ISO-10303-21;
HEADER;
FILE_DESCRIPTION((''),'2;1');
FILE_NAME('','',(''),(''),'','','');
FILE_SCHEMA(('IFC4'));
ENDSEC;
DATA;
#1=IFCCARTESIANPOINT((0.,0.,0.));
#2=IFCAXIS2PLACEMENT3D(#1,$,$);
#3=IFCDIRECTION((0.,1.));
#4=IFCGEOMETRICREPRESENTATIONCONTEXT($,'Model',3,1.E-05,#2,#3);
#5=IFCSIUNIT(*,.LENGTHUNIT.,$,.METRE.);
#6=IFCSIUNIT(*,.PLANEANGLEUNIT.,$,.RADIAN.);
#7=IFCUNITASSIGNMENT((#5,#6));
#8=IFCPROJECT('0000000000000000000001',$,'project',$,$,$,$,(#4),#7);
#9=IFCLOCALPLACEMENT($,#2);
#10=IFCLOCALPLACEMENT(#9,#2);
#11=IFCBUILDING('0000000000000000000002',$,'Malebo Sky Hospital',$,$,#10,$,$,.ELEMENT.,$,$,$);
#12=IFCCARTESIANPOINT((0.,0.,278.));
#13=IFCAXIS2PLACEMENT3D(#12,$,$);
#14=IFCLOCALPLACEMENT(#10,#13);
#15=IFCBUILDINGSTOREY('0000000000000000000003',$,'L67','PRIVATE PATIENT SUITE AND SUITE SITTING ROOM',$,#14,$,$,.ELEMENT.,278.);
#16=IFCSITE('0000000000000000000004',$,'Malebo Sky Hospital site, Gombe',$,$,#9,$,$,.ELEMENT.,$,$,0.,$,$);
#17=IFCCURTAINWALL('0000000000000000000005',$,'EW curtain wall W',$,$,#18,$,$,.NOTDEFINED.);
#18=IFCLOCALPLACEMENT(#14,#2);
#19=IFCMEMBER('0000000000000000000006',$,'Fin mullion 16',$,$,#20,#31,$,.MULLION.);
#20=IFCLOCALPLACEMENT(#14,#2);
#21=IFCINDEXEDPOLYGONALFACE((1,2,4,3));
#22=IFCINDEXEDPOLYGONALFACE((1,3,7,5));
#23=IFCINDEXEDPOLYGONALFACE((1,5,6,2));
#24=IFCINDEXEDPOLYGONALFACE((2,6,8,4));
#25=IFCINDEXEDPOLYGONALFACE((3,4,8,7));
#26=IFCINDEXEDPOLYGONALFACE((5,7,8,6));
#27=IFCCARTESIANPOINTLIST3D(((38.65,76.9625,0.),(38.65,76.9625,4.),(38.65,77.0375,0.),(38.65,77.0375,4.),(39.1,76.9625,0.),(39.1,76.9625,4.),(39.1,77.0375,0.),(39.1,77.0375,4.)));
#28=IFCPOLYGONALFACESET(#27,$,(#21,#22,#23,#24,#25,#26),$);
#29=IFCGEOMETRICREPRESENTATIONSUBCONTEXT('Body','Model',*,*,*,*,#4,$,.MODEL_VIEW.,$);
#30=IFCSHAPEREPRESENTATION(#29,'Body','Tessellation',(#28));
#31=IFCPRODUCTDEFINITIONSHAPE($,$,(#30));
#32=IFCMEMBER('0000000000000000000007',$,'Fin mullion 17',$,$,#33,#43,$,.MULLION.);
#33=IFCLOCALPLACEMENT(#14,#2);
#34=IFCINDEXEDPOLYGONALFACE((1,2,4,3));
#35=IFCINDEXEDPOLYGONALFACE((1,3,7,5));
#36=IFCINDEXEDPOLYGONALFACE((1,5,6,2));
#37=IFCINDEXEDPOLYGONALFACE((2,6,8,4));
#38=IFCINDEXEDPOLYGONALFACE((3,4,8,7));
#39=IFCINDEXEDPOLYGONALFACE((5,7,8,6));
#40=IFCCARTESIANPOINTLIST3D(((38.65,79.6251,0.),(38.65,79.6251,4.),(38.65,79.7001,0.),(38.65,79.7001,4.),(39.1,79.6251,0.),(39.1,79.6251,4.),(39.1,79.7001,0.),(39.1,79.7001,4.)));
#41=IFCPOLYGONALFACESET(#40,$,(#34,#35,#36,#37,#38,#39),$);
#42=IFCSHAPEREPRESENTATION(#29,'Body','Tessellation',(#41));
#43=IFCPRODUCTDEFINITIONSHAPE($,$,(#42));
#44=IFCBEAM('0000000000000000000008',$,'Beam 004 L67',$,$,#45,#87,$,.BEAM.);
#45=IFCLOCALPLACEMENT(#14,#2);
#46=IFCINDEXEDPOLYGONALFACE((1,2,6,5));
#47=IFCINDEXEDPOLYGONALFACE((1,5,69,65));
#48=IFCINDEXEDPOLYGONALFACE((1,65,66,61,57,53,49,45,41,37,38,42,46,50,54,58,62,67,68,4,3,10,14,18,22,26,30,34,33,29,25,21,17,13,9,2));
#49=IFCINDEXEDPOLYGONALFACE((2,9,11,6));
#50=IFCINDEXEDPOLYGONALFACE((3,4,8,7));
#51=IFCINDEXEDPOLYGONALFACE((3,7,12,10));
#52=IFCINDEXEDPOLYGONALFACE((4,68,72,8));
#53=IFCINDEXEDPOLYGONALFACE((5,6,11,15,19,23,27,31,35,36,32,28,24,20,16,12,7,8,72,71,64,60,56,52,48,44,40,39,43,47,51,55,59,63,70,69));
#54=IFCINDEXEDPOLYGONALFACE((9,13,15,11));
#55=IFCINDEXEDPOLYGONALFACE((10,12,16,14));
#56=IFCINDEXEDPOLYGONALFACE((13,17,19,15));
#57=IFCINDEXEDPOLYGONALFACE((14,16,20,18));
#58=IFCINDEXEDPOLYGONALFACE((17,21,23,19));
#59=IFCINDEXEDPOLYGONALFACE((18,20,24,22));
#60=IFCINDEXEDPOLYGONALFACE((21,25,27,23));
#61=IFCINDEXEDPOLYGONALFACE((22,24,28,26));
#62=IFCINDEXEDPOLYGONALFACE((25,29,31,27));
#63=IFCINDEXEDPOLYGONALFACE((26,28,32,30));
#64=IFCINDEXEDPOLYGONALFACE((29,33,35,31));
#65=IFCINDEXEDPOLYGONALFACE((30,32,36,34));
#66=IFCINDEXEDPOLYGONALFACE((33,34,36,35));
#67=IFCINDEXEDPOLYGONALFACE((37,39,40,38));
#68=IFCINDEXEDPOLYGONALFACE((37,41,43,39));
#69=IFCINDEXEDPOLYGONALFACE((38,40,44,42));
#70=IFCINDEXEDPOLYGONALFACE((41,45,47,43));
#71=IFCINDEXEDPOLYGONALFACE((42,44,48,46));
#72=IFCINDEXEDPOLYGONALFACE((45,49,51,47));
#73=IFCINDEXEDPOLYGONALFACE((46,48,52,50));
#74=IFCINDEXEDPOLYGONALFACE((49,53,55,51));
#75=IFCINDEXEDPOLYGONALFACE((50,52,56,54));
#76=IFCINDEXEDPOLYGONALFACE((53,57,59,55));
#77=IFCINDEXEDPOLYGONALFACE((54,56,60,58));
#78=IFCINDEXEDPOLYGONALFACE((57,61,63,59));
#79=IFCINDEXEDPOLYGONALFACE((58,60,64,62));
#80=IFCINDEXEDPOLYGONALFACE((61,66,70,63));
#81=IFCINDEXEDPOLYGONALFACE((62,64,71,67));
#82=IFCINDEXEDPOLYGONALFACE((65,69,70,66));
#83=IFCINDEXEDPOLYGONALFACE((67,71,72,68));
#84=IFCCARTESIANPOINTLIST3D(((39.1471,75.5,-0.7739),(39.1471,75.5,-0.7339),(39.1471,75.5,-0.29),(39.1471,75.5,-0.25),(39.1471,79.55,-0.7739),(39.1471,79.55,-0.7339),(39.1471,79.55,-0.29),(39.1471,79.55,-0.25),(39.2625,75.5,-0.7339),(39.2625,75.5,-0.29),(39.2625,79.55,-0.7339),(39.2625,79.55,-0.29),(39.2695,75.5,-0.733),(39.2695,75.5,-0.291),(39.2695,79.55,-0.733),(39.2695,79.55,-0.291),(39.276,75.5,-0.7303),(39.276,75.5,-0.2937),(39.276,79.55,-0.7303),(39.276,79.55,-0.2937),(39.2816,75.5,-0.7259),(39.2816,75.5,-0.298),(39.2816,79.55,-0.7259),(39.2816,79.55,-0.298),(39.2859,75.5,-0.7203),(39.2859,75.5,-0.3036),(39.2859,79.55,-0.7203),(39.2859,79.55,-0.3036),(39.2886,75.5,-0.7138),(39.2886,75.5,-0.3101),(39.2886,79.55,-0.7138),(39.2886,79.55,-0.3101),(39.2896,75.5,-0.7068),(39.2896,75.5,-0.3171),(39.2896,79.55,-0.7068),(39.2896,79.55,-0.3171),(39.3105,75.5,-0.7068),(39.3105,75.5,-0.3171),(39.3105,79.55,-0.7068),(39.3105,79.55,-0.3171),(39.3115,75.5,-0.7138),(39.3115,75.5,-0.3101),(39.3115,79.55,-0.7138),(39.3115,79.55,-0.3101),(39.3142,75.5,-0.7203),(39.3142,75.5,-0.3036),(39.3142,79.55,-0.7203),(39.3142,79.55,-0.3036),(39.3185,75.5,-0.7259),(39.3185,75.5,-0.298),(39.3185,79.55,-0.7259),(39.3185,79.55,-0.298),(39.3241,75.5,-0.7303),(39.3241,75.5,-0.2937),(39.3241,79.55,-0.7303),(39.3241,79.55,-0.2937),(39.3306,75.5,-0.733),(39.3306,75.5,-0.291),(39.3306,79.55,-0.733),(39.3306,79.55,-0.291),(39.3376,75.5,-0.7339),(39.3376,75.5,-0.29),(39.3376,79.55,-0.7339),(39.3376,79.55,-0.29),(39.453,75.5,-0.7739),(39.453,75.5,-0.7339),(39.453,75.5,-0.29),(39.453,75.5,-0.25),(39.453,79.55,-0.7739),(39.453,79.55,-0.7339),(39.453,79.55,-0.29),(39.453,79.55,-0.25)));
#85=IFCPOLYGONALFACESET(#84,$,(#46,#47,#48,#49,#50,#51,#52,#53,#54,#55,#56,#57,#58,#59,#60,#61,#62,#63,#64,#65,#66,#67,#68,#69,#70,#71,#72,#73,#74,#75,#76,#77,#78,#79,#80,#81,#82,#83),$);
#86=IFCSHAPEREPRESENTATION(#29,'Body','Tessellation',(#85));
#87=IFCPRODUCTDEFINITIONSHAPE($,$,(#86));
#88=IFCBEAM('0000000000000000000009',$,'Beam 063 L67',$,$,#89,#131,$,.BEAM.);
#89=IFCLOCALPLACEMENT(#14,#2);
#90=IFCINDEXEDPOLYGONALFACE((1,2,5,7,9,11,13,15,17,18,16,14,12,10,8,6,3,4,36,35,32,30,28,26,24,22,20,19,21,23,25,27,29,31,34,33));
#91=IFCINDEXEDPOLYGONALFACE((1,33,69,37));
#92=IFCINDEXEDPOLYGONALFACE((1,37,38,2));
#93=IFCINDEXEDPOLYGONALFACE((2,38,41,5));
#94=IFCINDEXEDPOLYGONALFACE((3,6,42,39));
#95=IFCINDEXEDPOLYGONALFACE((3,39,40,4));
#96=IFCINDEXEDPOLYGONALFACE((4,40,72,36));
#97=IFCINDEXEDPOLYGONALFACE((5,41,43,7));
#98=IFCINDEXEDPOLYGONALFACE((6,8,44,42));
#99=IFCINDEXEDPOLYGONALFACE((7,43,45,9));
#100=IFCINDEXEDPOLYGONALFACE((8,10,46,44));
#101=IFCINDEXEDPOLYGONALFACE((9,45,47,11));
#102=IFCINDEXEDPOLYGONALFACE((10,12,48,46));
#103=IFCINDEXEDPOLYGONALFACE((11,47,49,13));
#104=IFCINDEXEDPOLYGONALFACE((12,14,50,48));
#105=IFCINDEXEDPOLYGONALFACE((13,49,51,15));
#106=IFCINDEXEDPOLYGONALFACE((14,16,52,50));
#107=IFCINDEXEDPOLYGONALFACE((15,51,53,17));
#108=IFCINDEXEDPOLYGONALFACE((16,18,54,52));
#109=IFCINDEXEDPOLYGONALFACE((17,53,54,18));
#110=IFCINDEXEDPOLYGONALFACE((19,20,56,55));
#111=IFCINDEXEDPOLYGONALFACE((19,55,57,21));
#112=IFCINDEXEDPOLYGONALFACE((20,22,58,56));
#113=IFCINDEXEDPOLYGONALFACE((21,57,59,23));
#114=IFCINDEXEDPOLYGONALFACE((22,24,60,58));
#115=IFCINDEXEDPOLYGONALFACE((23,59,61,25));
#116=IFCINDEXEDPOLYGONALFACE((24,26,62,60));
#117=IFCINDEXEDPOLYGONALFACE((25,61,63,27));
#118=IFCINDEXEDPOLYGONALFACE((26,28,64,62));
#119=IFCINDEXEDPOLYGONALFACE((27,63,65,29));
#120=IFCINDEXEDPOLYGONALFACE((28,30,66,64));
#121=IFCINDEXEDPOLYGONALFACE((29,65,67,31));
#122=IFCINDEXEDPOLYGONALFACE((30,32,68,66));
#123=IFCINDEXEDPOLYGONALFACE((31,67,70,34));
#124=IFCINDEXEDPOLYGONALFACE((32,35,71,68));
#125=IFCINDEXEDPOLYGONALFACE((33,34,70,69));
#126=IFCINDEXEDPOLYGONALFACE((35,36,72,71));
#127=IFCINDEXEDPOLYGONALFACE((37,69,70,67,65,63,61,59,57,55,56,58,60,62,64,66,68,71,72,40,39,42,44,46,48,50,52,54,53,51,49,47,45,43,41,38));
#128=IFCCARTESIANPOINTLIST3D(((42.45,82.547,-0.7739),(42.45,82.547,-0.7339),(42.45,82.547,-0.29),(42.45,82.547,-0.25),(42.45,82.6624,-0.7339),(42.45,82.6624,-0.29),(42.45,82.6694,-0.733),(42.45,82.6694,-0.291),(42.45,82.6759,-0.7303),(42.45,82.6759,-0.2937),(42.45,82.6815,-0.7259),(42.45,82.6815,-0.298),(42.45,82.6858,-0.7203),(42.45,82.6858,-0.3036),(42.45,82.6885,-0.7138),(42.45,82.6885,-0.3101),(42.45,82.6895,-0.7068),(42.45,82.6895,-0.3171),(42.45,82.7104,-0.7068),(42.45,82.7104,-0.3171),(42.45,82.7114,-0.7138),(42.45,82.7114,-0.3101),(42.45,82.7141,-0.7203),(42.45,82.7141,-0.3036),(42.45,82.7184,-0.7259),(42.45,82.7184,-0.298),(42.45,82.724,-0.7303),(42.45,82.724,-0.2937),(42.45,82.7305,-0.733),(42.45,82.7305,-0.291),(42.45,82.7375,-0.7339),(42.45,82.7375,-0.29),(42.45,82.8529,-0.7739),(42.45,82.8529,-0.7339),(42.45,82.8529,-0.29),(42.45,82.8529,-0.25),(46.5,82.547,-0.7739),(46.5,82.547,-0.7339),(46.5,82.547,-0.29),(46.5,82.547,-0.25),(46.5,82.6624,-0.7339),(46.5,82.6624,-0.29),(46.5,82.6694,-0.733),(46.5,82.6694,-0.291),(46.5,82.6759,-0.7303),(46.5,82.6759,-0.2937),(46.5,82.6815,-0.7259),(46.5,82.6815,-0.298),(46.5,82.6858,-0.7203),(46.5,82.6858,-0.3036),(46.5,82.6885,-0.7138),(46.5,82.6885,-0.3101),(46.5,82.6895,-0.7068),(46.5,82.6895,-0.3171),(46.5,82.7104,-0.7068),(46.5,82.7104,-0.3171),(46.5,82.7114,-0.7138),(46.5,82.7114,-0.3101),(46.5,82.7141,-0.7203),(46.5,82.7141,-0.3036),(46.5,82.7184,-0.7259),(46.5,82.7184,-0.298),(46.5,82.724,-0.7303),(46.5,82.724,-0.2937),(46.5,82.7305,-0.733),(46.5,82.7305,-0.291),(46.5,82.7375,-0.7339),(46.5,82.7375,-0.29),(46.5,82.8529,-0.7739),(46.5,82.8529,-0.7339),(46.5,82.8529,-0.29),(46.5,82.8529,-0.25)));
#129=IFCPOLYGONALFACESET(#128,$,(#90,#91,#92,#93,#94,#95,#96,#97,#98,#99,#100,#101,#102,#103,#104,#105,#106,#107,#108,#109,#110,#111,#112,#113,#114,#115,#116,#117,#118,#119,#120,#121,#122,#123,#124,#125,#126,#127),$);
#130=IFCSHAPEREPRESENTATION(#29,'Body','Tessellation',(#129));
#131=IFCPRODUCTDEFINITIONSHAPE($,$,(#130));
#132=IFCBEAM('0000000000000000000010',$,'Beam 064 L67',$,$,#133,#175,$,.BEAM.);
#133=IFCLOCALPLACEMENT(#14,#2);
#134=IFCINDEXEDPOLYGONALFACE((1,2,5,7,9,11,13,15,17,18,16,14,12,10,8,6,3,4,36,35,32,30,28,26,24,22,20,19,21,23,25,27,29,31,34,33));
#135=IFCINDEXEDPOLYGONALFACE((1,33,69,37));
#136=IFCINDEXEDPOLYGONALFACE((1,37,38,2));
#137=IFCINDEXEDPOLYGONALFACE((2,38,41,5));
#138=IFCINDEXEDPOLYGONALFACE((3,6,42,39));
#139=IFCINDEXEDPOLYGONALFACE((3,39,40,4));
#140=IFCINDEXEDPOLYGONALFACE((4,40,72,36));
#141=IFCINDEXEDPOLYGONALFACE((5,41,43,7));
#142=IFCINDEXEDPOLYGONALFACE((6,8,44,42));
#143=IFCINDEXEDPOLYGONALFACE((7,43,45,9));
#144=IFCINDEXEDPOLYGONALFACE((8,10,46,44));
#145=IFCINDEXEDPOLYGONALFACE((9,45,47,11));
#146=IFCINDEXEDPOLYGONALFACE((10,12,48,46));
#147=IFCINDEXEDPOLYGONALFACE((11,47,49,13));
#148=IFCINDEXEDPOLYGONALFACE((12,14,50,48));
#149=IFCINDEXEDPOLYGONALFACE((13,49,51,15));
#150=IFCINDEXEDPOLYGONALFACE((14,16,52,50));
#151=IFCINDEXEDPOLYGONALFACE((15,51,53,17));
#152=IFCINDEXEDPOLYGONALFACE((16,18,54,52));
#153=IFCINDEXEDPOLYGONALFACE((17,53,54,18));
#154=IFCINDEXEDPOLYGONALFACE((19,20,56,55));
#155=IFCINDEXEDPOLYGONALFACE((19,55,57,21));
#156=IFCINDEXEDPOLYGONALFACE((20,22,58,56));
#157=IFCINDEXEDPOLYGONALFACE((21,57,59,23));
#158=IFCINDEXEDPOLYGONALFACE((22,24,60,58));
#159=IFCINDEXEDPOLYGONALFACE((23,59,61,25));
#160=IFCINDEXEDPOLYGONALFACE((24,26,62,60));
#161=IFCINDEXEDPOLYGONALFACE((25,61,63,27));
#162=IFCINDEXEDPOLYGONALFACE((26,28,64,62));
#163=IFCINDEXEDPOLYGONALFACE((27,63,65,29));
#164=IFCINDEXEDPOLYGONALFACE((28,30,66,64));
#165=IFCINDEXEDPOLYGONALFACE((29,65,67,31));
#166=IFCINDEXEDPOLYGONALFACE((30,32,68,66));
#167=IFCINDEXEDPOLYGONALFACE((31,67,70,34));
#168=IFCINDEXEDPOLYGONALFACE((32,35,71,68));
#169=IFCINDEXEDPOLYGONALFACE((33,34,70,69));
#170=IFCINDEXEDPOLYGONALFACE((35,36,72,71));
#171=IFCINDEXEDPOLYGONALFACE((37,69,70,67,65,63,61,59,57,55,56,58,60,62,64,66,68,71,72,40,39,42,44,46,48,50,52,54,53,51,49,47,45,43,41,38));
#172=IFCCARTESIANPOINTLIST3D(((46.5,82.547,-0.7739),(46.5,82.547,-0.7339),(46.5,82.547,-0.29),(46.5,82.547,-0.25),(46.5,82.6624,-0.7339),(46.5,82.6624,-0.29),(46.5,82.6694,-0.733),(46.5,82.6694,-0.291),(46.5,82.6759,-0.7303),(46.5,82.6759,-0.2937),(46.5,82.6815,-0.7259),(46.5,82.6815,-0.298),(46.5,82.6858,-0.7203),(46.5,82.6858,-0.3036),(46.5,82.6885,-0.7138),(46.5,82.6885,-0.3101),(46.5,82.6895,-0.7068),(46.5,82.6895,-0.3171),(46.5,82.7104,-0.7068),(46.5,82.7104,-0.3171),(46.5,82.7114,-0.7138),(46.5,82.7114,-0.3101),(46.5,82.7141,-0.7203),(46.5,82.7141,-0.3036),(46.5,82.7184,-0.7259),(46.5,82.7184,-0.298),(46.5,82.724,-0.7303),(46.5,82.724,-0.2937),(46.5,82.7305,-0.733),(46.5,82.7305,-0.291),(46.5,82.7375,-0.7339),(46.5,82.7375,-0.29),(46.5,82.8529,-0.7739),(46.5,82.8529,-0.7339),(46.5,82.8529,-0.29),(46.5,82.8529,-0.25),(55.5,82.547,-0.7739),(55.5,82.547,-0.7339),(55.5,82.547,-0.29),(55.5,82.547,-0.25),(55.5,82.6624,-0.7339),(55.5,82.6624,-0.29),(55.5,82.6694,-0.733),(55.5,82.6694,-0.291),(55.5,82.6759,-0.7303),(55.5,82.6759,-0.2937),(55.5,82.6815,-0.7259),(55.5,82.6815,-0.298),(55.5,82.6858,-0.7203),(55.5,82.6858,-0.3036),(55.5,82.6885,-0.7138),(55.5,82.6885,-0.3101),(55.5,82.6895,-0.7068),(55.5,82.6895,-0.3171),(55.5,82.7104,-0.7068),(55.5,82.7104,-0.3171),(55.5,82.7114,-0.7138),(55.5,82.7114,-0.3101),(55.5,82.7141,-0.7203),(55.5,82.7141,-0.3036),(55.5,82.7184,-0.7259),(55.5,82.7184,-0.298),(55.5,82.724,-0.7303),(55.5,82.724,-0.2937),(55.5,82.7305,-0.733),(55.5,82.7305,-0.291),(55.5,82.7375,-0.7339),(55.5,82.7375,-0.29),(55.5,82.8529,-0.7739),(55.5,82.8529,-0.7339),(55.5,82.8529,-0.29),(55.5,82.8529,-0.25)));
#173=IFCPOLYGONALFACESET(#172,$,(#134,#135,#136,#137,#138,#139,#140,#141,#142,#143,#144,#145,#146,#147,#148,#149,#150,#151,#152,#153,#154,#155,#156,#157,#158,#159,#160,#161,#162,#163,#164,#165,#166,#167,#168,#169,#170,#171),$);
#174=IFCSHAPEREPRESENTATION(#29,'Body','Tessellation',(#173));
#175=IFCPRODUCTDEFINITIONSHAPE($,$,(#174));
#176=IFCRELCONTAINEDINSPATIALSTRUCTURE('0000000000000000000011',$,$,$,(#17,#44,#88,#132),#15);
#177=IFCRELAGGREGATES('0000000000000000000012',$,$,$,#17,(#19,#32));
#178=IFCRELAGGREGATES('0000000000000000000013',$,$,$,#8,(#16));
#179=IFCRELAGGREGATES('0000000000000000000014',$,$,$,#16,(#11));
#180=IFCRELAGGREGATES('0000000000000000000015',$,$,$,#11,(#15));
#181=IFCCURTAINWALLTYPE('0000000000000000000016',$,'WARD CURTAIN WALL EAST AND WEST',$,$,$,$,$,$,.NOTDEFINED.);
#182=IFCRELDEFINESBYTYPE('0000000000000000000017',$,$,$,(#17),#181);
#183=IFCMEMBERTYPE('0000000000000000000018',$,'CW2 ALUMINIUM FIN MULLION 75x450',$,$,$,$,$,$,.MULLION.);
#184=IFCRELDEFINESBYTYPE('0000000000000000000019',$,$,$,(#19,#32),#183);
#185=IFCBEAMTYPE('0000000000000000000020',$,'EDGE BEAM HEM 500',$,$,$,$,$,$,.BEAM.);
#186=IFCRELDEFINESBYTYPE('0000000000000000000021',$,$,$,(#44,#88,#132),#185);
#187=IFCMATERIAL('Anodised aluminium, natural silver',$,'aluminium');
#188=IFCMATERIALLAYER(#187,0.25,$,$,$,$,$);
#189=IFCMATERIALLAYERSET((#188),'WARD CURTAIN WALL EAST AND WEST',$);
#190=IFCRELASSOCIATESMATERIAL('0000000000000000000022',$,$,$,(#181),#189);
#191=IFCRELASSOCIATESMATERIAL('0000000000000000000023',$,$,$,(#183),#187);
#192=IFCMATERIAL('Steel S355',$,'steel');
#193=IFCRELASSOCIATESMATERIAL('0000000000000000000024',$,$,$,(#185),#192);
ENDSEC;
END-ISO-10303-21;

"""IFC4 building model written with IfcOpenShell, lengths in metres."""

from ifc_helpers import new_model, si_unit, direction, frame, origin, origin_2d, place, context, subcontext, project, spatial, rectangle, i_section, extrude, material, layer, layer_set, material_profile, profile_set, type_object, element, aggregate, save


model = new_model("IFC4")

# Units and contexts
model_context = context("Model", 3, precision=1e-05, world=origin(), true_north=direction((0.0, 1.0)))
body_context = subcontext(model_context, "Body", "Model", "MODEL_VIEW")
ifc_project = project(units=[si_unit("LENGTHUNIT", "METRE"), si_unit("PLANEANGLEUNIT", "RADIAN")], contexts=[model_context])

# Site, building, storey
site_placement = place(None, origin())
site = spatial("IfcSite", under=ifc_project, at=site_placement, Name="Malebo Sky Hospital site, Gombe", CompositionType="ELEMENT", RefElevation=0.0)
building_placement = place(site_placement, origin())
building = spatial("IfcBuilding", under=site, at=building_placement, Name="Malebo Sky Hospital", CompositionType="ELEMENT")
storey_placement = place(building_placement, frame((0.0, 0.0, 278.0)))
storey = spatial("IfcBuildingStorey", under=building, at=storey_placement, Name="L67", Description="PRIVATE PATIENT SUITE AND SUITE SITTING ROOM", CompositionType="ELEMENT", Elevation=278.0)

# Curtain wall
ifc_material_1 = material(Name="Anodised aluminium, natural silver", Category="aluminium")
ifc_layer_1 = layer(ifc_material_1, 0.25)
ifc_layer_set_1 = layer_set([ifc_layer_1], Name="WARD CURTAIN WALL EAST AND WEST")
curtain_wall_type_1 = type_object("IfcCurtainWallType", Name="WARD CURTAIN WALL EAST AND WEST", PredefinedType="NOTDEFINED", material=ifc_layer_set_1)
curtain_wall_1_placement = place(storey_placement, origin())
curtain_wall_1 = element("IfcCurtainWall", 1, at=curtain_wall_1_placement, inside=storey, type_object=curtain_wall_type_1, Name="EW curtain wall W", PredefinedType="NOTDEFINED")

# Members
ifc_material_profile_1 = material_profile(ifc_material_1, rectangle(XDim=0.075, YDim=0.45, at=origin_2d()), Name="CW2 ALUMINIUM FIN MULLION 75x450")
ifc_profile_set_1 = profile_set([ifc_material_profile_1], Name="Anodised aluminium, natural silver")
member_type_1 = type_object("IfcMemberType", Name="CW2 ALUMINIUM FIN MULLION 75x450", PredefinedType="MULLION", material=ifc_profile_set_1)
member_1_placement = place(storey_placement, frame((38.875, 77.0, 0.0), z_axis=(0.0, 0.0, 1.0), x_axis=(0.0, 1.0, 0.0)))
member_1 = element("IfcMember", 2, at=member_1_placement, type_object=member_type_1, Name="Fin mullion 16", PredefinedType="MULLION", context=body_context, shape_type="SweptSolid", body=[
    extrude(rectangle(XDim=0.075, YDim=0.45, at=origin_2d()), origin(), (0.0, 0.0, 1.0), 4.0),
])
member_2_placement = place(storey_placement, frame((38.875, 79.6626, 0.0), z_axis=(0.0, 0.0, 1.0), x_axis=(0.0, 1.0, 0.0)))
member_2 = element("IfcMember", 3, at=member_2_placement, type_object=member_type_1, Name="Fin mullion 17", PredefinedType="MULLION", context=body_context, shape_type="SweptSolid", body=[
    extrude(rectangle(XDim=0.075, YDim=0.45, at=origin_2d()), origin(), (0.0, 0.0, 1.0), 4.0),
])

# Beams
ifc_material_2 = material(Name="Steel S355", Category="steel")
ifc_material_profile_2 = material_profile(ifc_material_2, i_section(OverallWidth=0.3059, OverallDepth=0.5239, WebThickness=0.021, FlangeThickness=0.04, FilletRadius=0.0271, at=origin_2d()), Name="HEM 500")
ifc_profile_set_2 = profile_set([ifc_material_profile_2], Name="Steel S355")
beam_type_1 = type_object("IfcBeamType", Name="EDGE BEAM HEM 500", PredefinedType="BEAM", material=ifc_profile_set_2)
for number, where, z_axis, x_axis, name in (
    (4, (39.3, 75.5, -0.512), (0.0, 1.0, 0.0), (-1.0, 0.0, 0.0), "Beam 004 L67"),
    (5, (42.45, 82.7, -0.512), (1.0, 0.0, 0.0), (0.0, 1.0, 0.0), "Beam 063 L67"),
):
    element("IfcBeam", number, at=place(storey_placement, frame(where, z_axis=z_axis, x_axis=x_axis)), inside=storey, type_object=beam_type_1, Name=name, PredefinedType="BEAM", context=body_context, shape_type="SweptSolid", body=[
        extrude(i_section(OverallWidth=0.3059, OverallDepth=0.5239, WebThickness=0.021, FlangeThickness=0.04, FilletRadius=0.0271, at=origin_2d()), origin(), (0.0, 0.0, 1.0), 4.05),
    ])
beam_1_placement = place(storey_placement, frame((46.5, 82.7, -0.512), z_axis=(1.0, 0.0, 0.0), x_axis=(0.0, 1.0, 0.0)))
element("IfcBeam", 6, at=beam_1_placement, inside=storey, type_object=beam_type_1, Name="Beam 064 L67", PredefinedType="BEAM", context=body_context, shape_type="SweptSolid", body=[
    extrude(i_section(OverallWidth=0.3059, OverallDepth=0.5239, WebThickness=0.021, FlangeThickness=0.04, FilletRadius=0.0271, at=origin_2d()), origin(), (0.0, 0.0, 1.0), 9.0),
])

aggregate(curtain_wall_1, [member_1, member_2])

save(model, "model.ifc")
